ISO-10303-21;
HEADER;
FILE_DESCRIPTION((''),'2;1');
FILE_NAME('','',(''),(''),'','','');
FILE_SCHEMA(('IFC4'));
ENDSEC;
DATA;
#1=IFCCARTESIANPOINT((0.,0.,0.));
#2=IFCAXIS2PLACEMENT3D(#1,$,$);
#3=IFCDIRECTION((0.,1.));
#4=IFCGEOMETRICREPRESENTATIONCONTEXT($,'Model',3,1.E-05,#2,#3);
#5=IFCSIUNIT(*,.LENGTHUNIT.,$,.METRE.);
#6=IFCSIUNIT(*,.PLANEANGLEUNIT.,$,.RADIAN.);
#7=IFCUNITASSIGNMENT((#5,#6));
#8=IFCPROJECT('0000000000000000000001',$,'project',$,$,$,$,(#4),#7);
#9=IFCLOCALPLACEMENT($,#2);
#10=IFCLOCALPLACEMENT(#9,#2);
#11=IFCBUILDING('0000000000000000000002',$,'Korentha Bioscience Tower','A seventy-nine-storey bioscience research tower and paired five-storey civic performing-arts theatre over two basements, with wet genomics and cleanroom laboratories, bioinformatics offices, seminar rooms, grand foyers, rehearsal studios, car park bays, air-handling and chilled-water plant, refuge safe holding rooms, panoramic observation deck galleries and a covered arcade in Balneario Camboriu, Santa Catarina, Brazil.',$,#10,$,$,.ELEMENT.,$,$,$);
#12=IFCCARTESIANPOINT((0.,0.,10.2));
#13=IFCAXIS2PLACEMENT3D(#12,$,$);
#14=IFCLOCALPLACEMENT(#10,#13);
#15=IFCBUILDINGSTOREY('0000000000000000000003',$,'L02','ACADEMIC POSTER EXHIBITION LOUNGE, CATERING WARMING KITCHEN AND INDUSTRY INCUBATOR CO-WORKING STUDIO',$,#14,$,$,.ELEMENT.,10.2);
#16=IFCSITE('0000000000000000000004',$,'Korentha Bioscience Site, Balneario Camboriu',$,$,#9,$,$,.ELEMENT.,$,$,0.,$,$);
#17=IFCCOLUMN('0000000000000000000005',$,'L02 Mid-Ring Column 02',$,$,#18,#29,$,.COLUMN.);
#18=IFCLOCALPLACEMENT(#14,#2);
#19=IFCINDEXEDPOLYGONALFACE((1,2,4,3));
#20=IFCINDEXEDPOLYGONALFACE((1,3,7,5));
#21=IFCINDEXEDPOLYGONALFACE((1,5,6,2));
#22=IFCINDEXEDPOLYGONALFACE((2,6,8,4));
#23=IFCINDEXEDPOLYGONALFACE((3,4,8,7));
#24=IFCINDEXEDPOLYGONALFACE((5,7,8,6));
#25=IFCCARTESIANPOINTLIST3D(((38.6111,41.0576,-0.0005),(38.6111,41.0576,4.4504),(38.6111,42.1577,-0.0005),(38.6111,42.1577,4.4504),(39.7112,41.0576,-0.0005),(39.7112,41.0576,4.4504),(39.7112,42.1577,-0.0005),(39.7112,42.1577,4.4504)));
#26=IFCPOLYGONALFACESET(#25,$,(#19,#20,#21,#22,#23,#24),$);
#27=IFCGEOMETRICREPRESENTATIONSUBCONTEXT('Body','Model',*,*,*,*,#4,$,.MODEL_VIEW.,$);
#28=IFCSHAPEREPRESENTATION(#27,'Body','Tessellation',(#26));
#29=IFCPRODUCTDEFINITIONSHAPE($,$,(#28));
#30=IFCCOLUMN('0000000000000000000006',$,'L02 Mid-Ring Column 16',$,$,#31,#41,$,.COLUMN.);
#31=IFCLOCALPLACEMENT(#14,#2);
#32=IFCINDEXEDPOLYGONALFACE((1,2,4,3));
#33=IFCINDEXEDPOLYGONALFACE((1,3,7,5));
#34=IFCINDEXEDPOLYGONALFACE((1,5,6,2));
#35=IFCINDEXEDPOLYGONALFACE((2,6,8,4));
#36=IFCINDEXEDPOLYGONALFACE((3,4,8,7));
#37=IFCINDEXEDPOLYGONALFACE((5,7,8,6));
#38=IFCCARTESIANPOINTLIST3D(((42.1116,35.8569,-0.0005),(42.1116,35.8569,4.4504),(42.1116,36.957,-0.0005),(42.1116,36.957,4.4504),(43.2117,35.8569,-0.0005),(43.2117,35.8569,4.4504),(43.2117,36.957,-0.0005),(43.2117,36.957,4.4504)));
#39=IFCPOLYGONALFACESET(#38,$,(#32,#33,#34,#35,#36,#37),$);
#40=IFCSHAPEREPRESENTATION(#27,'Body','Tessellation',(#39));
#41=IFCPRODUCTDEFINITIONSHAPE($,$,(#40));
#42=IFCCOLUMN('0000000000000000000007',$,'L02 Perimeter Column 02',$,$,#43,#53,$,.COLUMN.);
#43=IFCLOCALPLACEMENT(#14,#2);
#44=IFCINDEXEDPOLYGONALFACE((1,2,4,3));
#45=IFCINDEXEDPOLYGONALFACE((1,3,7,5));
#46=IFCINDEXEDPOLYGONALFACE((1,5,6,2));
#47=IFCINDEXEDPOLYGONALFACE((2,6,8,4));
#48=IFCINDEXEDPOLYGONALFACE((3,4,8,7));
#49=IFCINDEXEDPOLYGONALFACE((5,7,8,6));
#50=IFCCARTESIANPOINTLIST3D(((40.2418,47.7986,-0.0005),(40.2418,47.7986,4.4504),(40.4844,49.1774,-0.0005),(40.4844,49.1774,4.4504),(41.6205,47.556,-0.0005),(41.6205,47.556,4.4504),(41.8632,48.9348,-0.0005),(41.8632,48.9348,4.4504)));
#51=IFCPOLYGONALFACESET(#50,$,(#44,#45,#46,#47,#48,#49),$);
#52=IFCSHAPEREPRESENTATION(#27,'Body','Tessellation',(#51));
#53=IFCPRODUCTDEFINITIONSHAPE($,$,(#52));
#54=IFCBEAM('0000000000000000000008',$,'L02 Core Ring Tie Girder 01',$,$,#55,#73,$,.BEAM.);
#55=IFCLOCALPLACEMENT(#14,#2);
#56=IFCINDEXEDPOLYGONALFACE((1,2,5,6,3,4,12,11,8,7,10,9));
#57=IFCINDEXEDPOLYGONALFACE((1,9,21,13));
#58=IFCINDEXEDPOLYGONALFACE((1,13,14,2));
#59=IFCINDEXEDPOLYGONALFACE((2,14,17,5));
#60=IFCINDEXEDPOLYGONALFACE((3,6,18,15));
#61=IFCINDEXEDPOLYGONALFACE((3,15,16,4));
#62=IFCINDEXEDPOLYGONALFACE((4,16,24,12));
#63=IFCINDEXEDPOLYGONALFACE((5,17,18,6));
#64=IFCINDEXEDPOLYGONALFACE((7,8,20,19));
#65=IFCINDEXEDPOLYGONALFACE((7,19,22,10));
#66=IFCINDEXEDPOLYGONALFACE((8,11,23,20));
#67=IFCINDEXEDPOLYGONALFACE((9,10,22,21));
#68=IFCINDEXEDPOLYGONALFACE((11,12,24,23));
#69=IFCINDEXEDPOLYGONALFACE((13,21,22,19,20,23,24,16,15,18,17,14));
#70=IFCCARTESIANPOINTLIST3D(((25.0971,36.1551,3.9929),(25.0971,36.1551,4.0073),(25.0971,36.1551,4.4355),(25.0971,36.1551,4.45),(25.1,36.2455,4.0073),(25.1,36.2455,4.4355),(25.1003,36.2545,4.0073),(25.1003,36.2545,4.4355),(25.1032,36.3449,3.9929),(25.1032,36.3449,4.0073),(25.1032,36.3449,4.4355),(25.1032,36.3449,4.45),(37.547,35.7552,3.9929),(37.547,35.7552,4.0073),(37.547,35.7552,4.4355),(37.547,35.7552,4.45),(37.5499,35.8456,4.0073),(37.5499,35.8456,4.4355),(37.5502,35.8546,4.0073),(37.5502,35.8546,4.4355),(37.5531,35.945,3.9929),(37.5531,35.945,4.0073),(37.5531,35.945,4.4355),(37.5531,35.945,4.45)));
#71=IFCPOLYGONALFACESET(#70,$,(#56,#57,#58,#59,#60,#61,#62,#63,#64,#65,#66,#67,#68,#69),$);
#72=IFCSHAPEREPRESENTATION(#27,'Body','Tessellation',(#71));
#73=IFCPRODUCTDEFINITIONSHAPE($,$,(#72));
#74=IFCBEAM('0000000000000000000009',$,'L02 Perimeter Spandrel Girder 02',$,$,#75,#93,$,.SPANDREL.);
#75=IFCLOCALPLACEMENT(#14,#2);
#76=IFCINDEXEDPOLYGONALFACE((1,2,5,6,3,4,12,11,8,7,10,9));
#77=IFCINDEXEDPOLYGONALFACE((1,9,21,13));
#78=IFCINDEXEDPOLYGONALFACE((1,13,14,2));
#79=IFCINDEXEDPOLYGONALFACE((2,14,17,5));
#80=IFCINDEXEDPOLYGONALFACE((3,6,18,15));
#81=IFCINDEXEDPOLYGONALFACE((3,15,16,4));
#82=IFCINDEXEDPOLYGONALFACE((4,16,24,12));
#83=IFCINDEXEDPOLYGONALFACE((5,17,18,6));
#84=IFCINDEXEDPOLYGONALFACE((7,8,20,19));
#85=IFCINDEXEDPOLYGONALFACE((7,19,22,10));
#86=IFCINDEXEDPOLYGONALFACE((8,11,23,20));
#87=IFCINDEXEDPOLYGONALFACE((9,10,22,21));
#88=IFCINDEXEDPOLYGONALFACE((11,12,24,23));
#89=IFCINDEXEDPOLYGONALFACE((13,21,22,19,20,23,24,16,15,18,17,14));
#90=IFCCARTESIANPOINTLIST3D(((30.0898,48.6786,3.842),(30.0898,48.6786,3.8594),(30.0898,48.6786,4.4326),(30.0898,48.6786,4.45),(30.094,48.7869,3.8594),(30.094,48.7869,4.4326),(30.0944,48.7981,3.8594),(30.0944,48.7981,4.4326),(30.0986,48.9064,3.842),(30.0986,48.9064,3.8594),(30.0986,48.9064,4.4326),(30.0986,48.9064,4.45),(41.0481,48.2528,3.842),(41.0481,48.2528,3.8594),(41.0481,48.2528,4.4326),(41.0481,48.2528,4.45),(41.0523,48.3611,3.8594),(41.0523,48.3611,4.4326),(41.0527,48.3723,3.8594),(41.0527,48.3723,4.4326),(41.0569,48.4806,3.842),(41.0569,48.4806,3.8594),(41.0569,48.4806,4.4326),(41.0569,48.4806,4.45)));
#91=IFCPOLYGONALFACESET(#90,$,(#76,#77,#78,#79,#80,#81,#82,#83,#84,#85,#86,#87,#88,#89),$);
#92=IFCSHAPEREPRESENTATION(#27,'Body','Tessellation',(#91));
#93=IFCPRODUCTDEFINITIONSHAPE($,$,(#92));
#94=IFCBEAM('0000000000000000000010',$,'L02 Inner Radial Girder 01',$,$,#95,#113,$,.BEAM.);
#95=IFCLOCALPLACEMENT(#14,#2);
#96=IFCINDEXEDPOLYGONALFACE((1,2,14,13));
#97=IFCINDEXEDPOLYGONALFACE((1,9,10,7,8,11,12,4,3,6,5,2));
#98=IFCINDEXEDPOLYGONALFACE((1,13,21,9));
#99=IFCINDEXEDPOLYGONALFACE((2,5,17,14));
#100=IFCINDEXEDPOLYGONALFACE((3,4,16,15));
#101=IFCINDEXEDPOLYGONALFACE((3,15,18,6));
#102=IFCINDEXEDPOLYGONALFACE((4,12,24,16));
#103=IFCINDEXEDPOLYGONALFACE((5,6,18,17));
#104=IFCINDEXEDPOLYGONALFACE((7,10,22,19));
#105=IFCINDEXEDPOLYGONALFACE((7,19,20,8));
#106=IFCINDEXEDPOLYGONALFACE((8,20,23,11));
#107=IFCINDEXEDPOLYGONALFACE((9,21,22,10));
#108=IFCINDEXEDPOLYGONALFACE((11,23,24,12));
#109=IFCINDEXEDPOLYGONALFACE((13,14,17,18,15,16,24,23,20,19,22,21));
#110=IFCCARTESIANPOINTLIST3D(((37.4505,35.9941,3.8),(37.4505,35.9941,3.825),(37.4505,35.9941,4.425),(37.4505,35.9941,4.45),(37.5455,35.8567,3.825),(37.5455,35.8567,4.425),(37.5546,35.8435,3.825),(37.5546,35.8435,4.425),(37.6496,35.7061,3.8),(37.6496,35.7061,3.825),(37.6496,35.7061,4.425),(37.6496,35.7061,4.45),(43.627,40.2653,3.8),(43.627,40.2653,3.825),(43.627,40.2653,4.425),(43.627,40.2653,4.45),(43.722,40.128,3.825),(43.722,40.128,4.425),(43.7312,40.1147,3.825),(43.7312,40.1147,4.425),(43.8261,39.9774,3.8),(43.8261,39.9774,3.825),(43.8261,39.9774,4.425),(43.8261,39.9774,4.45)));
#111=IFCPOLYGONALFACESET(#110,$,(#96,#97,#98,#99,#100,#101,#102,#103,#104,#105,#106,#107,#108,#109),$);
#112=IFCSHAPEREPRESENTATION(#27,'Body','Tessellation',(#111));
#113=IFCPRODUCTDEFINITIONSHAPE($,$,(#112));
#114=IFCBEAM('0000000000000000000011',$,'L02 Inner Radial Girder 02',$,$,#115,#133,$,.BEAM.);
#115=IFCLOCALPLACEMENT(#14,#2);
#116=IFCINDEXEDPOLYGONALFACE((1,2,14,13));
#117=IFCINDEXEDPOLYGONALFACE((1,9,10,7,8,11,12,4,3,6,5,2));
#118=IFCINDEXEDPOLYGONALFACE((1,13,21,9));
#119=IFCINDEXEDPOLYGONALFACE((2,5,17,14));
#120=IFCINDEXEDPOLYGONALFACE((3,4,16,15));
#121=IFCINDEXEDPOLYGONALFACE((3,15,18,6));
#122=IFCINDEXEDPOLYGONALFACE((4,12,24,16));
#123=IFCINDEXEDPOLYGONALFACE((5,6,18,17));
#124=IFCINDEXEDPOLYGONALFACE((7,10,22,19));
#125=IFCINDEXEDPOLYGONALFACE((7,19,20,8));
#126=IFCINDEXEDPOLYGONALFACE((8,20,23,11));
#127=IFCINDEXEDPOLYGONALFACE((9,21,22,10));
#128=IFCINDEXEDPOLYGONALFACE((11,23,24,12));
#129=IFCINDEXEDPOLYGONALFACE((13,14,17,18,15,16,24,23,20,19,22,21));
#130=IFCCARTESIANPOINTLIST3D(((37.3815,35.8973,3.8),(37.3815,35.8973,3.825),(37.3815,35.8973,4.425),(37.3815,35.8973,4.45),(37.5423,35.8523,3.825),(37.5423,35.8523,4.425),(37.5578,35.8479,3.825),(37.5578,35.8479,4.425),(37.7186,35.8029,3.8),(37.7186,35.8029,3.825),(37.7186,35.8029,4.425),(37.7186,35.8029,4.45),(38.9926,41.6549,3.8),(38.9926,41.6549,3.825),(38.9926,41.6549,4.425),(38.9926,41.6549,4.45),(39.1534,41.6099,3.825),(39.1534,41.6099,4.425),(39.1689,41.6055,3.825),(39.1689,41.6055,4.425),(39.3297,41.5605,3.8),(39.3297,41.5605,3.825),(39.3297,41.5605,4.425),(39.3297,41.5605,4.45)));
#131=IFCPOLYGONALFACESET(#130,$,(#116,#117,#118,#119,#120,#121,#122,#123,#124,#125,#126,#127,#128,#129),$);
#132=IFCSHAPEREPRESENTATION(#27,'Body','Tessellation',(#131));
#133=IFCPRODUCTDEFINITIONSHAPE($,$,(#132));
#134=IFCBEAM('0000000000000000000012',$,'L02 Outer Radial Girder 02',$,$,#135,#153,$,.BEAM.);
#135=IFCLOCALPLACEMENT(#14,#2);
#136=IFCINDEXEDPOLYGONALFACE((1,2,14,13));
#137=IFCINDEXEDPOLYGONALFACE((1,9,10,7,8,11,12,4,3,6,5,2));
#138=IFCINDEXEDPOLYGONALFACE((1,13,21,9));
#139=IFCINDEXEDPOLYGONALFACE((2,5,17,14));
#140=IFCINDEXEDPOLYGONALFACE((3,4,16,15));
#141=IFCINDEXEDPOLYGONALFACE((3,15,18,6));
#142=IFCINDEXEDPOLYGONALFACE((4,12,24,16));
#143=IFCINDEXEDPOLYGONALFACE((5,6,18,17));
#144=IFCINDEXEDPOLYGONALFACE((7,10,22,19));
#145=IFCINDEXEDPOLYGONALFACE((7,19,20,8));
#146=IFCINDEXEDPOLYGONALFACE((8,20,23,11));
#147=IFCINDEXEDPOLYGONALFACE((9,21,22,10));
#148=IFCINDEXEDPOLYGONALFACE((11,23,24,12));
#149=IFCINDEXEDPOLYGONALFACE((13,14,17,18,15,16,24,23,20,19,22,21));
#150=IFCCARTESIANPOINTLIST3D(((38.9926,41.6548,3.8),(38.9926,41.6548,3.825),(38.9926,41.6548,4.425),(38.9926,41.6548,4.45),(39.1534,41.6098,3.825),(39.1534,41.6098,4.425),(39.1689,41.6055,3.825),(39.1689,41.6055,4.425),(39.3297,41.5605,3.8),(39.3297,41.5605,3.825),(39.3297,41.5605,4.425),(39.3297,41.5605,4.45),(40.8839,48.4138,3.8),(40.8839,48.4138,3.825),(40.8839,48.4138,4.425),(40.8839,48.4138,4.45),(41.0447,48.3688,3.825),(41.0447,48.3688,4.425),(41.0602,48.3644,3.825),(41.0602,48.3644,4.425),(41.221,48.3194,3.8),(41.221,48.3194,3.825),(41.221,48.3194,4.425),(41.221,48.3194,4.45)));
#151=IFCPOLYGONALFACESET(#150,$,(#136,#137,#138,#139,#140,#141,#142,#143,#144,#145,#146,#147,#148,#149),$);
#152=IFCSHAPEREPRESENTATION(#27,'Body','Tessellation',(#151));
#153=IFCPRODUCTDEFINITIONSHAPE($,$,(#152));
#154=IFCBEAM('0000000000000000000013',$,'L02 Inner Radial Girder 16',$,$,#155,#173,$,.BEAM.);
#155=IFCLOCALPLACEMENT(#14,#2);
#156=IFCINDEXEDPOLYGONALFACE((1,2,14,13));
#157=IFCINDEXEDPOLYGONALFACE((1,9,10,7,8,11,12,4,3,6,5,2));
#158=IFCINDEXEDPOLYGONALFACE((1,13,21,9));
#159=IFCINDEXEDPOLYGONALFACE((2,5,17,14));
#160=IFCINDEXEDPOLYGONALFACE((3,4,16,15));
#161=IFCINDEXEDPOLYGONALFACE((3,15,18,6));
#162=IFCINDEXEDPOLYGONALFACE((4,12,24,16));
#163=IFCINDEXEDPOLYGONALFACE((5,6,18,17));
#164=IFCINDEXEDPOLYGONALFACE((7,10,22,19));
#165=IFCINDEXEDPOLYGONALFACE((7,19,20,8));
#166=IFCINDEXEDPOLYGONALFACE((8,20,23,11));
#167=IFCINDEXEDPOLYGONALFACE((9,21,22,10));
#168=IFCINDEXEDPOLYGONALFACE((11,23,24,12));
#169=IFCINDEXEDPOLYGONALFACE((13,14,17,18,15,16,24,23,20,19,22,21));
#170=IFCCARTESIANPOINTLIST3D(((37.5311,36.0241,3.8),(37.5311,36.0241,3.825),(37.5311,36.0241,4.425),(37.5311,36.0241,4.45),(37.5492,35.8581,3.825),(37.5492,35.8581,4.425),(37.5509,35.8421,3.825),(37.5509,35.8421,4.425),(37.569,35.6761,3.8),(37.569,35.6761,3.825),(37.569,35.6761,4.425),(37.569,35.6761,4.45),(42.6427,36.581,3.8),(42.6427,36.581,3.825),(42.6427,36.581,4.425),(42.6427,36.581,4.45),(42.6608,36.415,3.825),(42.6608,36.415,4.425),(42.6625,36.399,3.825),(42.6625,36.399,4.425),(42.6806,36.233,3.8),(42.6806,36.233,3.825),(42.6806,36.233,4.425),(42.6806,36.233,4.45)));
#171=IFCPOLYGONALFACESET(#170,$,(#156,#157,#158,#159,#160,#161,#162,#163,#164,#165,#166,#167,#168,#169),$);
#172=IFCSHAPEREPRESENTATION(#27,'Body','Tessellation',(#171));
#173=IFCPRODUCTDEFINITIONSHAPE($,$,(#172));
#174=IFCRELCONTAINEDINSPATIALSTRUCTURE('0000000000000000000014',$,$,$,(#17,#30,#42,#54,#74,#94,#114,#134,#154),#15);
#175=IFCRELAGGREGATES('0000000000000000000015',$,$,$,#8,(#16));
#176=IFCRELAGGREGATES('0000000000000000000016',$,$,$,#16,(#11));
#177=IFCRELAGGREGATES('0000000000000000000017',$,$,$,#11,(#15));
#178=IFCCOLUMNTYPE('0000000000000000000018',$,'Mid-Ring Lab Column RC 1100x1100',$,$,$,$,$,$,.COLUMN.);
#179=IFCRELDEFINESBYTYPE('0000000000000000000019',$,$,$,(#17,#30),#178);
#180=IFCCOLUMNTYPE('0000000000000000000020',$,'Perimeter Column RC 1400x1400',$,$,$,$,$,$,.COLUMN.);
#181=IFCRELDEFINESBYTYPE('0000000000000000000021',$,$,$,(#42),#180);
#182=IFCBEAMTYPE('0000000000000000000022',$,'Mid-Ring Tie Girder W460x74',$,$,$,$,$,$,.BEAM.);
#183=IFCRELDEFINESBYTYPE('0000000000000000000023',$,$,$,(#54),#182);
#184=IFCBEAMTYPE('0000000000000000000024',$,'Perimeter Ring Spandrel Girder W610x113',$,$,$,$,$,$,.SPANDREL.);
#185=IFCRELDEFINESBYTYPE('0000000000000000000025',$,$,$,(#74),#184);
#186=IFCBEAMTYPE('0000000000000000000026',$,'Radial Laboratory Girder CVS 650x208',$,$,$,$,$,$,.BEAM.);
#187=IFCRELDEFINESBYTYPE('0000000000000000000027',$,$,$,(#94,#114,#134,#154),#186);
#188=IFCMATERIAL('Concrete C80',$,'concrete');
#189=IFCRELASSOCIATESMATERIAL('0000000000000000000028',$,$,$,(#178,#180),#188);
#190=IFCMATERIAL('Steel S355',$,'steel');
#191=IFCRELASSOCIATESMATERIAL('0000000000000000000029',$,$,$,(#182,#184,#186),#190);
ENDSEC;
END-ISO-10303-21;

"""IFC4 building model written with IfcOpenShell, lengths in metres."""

from ifc_helpers import new_model, si_unit, direction, frame, origin, origin_2d, place, context, subcontext, project, spatial, rectangle, i_section, extrude, material, material_profile, profile_set, type_object, element, save


model = new_model("IFC4")

# Units and contexts
model_context = context("Model", 3, precision=1e-05, world=origin(), true_north=direction((0.0, 1.0)))
body_context = subcontext(model_context, "Body", "Model", "MODEL_VIEW")
ifc_project = project(units=[si_unit("LENGTHUNIT", "METRE"), si_unit("PLANEANGLEUNIT", "RADIAN")], contexts=[model_context])

# Site, building, storey
site_placement = place(None, origin())
site = spatial("IfcSite", under=ifc_project, at=site_placement, Name="Korentha Bioscience Site, Balneario Camboriu", CompositionType="ELEMENT", RefElevation=0.0)
building_placement = place(site_placement, origin())
building = spatial("IfcBuilding", under=site, at=building_placement, Name="Korentha Bioscience Tower", Description="A seventy-nine-storey bioscience research tower and paired five-storey civic performing-arts theatre over two basements, with wet genomics and cleanroom laboratories, bioinformatics offices, seminar rooms, grand foyers, rehearsal studios, car park bays, air-handling and chilled-water plant, refuge safe holding rooms, panoramic observation deck galleries and a covered arcade in Balneario Camboriu, Santa Catarina, Brazil.", CompositionType="ELEMENT")
storey_placement = place(building_placement, frame((0.0, 0.0, 10.2)))
storey = spatial("IfcBuildingStorey", under=building, at=storey_placement, Name="L02", Description="ACADEMIC POSTER EXHIBITION LOUNGE, CATERING WARMING KITCHEN AND INDUSTRY INCUBATOR CO-WORKING STUDIO", CompositionType="ELEMENT", Elevation=10.2)

# Columns
ifc_material_1 = material(Name="Concrete C80", Category="concrete")
ifc_material_profile_1 = material_profile(ifc_material_1, rectangle(XDim=1.1001, YDim=1.1001, at=origin_2d()), Name="Concrete C80")
ifc_profile_set_1 = profile_set([ifc_material_profile_1], Name="Concrete C80 (COL-MR11)")
column_type_1 = type_object("IfcColumnType", Name="Mid-Ring Lab Column RC 1100x1100", PredefinedType="COLUMN", material=ifc_profile_set_1)
for number, where, z_axis, x_axis, name in (
    (1, (39.1611, 41.6077, -0.0005), (0.0, 0.0, 1.0), (1.0, 0.0, 0.0), "L02 Mid-Ring Column 02"),
    (2, (42.6616, 36.407, -0.0005), (0.0, 0.0, 1.0), (1.0, 0.0, 0.0), "L02 Mid-Ring Column 16"),
):
    element("IfcColumn", number, at=place(storey_placement, frame(where, z_axis=z_axis, x_axis=x_axis)), inside=storey, type_object=column_type_1, Name=name, PredefinedType="COLUMN", context=body_context, shape_type="SweptSolid", body=[
        extrude(rectangle(XDim=1.1001, YDim=1.1001, at=origin_2d()), origin(), (0.0, 0.0, 1.0), 4.4509),
    ])
ifc_material_profile_2 = material_profile(ifc_material_1, rectangle(XDim=1.3999, YDim=1.3999, at=origin_2d()), Name="Concrete C80")
ifc_profile_set_2 = profile_set([ifc_material_profile_2], Name="Concrete C80 (COL-P14)")
column_type_2 = type_object("IfcColumnType", Name="Perimeter Column RC 1400x1400", PredefinedType="COLUMN", material=ifc_profile_set_2)
column_placement = place(storey_placement, frame((41.0525, 48.3667, -0.0005), z_axis=(0.0, 0.0, 1.0), x_axis=(-0.984868, 0.173304, 0.0)))
element("IfcColumn", 3, at=column_placement, inside=storey, type_object=column_type_2, Name="L02 Perimeter Column 02", PredefinedType="COLUMN", context=body_context, shape_type="SweptSolid", body=[
    extrude(rectangle(XDim=1.3999, YDim=1.3999, at=origin_2d()), origin(), (0.0, 0.0, 1.0), 4.4509),
])

# Beams
ifc_material_2 = material(Name="Steel S355", Category="steel")
ifc_material_profile_3 = material_profile(ifc_material_2, i_section(OverallWidth=0.1899, OverallDepth=0.457, WebThickness=0.009, FlangeThickness=0.0144, at=origin_2d()), Name="Steel S355")
ifc_profile_set_3 = profile_set([ifc_material_profile_3], Name="Steel S355 (MB-460)")
beam_type_1 = type_object("IfcBeamType", Name="Mid-Ring Tie Girder W460x74", PredefinedType="BEAM", material=ifc_profile_set_3)
beam_1_placement = place(storey_placement, frame((37.55, 35.8501, 4.2214), z_axis=(-0.999485, 0.032104, 0.0), x_axis=(-0.032104, -0.999485, 0.0)))
element("IfcBeam", 4, at=beam_1_placement, inside=storey, type_object=beam_type_1, Name="L02 Core Ring Tie Girder 01", PredefinedType="BEAM", context=body_context, shape_type="SweptSolid", body=[
    extrude(i_section(OverallWidth=0.1899, OverallDepth=0.457, WebThickness=0.009, FlangeThickness=0.0144, at=origin_2d()), origin(), (0.0, 0.0, 1.0), 12.4563),
])
ifc_material_profile_4 = material_profile(ifc_material_2, i_section(OverallWidth=0.228, OverallDepth=0.6079, WebThickness=0.0112, FlangeThickness=0.0173, at=origin_2d()), Name="Steel S355")
ifc_profile_set_4 = profile_set([ifc_material_profile_4], Name="Steel S355 (SB-610)")
beam_type_2 = type_object("IfcBeamType", Name="Perimeter Ring Spandrel Girder W610x113", PredefinedType="SPANDREL", material=ifc_profile_set_4)
beam_2_placement = place(storey_placement, frame((41.0525, 48.3667, 4.146), z_axis=(-0.999246, 0.038826, 0.0), x_axis=(-0.038826, -0.999246, 0.0)))
element("IfcBeam", 5, at=beam_2_placement, inside=storey, type_object=beam_type_2, Name="L02 Perimeter Spandrel Girder 02", PredefinedType="SPANDREL", context=body_context, shape_type="SweptSolid", body=[
    extrude(i_section(OverallWidth=0.228, OverallDepth=0.6079, WebThickness=0.0112, FlangeThickness=0.0173, at=origin_2d()), origin(), (0.0, 0.0, 1.0), 10.9666),
])
ifc_material_profile_5 = material_profile(ifc_material_2, i_section(OverallWidth=0.3501, OverallDepth=0.6499, WebThickness=0.0161, FlangeThickness=0.0249, at=origin_2d()), Name="Steel S355")
ifc_profile_set_5 = profile_set([ifc_material_profile_5], Name="Steel S355 (RB-650)")
beam_type_3 = type_object("IfcBeamType", Name="Radial Laboratory Girder CVS 650x208", PredefinedType="BEAM", material=ifc_profile_set_5)
beam_3_placement = place(storey_placement, frame((37.55, 35.8501, 4.125), z_axis=(0.822492, 0.568777, 0.0), x_axis=(-0.568777, 0.822492, 0.0)))
element("IfcBeam", 6, at=beam_3_placement, inside=storey, type_object=beam_type_3, Name="L02 Inner Radial Girder 01", PredefinedType="BEAM", context=body_context, shape_type="SweptSolid", body=[
    extrude(i_section(OverallWidth=0.3501, OverallDepth=0.6499, WebThickness=0.0161, FlangeThickness=0.0249, at=origin_2d()), origin(), (0.0, 0.0, 1.0), 7.5095),
])
beam_4_placement = place(storey_placement, frame((37.55, 35.8501, 4.125), z_axis=(0.269469, 0.963009, 0.0), x_axis=(-0.963009, 0.269469, 0.0)))
element("IfcBeam", 7, at=beam_4_placement, inside=storey, type_object=beam_type_3, Name="L02 Inner Radial Girder 02", PredefinedType="BEAM", context=body_context, shape_type="SweptSolid", body=[
    extrude(i_section(OverallWidth=0.3501, OverallDepth=0.6499, WebThickness=0.0161, FlangeThickness=0.0249, at=origin_2d()), origin(), (0.0, 0.0, 1.0), 5.9788),
])
beam_5_placement = place(storey_placement, frame((39.1611, 41.6077, 4.125), z_axis=(0.269475, 0.963007, 0.0), x_axis=(-0.963007, 0.269475, 0.0)))
element("IfcBeam", 8, at=beam_5_placement, inside=storey, type_object=beam_type_3, Name="L02 Outer Radial Girder 02", PredefinedType="BEAM", context=body_context, shape_type="SweptSolid", body=[
    extrude(i_section(OverallWidth=0.3501, OverallDepth=0.6499, WebThickness=0.0161, FlangeThickness=0.0249, at=origin_2d()), origin(), (0.0, 0.0, 1.0), 7.0186),
])
beam_6_placement = place(storey_placement, frame((37.55, 35.8501, 4.125), z_axis=(0.994118, 0.108305, 0.0), x_axis=(-0.108305, 0.994118, 0.0)))
element("IfcBeam", 9, at=beam_6_placement, inside=storey, type_object=beam_type_3, Name="L02 Inner Radial Girder 16", PredefinedType="BEAM", context=body_context, shape_type="SweptSolid", body=[
    extrude(i_section(OverallWidth=0.3501, OverallDepth=0.6499, WebThickness=0.0161, FlangeThickness=0.0249, at=origin_2d()), origin(), (0.0, 0.0, 1.0), 5.1418),
])

save(model, "model.ifc")
